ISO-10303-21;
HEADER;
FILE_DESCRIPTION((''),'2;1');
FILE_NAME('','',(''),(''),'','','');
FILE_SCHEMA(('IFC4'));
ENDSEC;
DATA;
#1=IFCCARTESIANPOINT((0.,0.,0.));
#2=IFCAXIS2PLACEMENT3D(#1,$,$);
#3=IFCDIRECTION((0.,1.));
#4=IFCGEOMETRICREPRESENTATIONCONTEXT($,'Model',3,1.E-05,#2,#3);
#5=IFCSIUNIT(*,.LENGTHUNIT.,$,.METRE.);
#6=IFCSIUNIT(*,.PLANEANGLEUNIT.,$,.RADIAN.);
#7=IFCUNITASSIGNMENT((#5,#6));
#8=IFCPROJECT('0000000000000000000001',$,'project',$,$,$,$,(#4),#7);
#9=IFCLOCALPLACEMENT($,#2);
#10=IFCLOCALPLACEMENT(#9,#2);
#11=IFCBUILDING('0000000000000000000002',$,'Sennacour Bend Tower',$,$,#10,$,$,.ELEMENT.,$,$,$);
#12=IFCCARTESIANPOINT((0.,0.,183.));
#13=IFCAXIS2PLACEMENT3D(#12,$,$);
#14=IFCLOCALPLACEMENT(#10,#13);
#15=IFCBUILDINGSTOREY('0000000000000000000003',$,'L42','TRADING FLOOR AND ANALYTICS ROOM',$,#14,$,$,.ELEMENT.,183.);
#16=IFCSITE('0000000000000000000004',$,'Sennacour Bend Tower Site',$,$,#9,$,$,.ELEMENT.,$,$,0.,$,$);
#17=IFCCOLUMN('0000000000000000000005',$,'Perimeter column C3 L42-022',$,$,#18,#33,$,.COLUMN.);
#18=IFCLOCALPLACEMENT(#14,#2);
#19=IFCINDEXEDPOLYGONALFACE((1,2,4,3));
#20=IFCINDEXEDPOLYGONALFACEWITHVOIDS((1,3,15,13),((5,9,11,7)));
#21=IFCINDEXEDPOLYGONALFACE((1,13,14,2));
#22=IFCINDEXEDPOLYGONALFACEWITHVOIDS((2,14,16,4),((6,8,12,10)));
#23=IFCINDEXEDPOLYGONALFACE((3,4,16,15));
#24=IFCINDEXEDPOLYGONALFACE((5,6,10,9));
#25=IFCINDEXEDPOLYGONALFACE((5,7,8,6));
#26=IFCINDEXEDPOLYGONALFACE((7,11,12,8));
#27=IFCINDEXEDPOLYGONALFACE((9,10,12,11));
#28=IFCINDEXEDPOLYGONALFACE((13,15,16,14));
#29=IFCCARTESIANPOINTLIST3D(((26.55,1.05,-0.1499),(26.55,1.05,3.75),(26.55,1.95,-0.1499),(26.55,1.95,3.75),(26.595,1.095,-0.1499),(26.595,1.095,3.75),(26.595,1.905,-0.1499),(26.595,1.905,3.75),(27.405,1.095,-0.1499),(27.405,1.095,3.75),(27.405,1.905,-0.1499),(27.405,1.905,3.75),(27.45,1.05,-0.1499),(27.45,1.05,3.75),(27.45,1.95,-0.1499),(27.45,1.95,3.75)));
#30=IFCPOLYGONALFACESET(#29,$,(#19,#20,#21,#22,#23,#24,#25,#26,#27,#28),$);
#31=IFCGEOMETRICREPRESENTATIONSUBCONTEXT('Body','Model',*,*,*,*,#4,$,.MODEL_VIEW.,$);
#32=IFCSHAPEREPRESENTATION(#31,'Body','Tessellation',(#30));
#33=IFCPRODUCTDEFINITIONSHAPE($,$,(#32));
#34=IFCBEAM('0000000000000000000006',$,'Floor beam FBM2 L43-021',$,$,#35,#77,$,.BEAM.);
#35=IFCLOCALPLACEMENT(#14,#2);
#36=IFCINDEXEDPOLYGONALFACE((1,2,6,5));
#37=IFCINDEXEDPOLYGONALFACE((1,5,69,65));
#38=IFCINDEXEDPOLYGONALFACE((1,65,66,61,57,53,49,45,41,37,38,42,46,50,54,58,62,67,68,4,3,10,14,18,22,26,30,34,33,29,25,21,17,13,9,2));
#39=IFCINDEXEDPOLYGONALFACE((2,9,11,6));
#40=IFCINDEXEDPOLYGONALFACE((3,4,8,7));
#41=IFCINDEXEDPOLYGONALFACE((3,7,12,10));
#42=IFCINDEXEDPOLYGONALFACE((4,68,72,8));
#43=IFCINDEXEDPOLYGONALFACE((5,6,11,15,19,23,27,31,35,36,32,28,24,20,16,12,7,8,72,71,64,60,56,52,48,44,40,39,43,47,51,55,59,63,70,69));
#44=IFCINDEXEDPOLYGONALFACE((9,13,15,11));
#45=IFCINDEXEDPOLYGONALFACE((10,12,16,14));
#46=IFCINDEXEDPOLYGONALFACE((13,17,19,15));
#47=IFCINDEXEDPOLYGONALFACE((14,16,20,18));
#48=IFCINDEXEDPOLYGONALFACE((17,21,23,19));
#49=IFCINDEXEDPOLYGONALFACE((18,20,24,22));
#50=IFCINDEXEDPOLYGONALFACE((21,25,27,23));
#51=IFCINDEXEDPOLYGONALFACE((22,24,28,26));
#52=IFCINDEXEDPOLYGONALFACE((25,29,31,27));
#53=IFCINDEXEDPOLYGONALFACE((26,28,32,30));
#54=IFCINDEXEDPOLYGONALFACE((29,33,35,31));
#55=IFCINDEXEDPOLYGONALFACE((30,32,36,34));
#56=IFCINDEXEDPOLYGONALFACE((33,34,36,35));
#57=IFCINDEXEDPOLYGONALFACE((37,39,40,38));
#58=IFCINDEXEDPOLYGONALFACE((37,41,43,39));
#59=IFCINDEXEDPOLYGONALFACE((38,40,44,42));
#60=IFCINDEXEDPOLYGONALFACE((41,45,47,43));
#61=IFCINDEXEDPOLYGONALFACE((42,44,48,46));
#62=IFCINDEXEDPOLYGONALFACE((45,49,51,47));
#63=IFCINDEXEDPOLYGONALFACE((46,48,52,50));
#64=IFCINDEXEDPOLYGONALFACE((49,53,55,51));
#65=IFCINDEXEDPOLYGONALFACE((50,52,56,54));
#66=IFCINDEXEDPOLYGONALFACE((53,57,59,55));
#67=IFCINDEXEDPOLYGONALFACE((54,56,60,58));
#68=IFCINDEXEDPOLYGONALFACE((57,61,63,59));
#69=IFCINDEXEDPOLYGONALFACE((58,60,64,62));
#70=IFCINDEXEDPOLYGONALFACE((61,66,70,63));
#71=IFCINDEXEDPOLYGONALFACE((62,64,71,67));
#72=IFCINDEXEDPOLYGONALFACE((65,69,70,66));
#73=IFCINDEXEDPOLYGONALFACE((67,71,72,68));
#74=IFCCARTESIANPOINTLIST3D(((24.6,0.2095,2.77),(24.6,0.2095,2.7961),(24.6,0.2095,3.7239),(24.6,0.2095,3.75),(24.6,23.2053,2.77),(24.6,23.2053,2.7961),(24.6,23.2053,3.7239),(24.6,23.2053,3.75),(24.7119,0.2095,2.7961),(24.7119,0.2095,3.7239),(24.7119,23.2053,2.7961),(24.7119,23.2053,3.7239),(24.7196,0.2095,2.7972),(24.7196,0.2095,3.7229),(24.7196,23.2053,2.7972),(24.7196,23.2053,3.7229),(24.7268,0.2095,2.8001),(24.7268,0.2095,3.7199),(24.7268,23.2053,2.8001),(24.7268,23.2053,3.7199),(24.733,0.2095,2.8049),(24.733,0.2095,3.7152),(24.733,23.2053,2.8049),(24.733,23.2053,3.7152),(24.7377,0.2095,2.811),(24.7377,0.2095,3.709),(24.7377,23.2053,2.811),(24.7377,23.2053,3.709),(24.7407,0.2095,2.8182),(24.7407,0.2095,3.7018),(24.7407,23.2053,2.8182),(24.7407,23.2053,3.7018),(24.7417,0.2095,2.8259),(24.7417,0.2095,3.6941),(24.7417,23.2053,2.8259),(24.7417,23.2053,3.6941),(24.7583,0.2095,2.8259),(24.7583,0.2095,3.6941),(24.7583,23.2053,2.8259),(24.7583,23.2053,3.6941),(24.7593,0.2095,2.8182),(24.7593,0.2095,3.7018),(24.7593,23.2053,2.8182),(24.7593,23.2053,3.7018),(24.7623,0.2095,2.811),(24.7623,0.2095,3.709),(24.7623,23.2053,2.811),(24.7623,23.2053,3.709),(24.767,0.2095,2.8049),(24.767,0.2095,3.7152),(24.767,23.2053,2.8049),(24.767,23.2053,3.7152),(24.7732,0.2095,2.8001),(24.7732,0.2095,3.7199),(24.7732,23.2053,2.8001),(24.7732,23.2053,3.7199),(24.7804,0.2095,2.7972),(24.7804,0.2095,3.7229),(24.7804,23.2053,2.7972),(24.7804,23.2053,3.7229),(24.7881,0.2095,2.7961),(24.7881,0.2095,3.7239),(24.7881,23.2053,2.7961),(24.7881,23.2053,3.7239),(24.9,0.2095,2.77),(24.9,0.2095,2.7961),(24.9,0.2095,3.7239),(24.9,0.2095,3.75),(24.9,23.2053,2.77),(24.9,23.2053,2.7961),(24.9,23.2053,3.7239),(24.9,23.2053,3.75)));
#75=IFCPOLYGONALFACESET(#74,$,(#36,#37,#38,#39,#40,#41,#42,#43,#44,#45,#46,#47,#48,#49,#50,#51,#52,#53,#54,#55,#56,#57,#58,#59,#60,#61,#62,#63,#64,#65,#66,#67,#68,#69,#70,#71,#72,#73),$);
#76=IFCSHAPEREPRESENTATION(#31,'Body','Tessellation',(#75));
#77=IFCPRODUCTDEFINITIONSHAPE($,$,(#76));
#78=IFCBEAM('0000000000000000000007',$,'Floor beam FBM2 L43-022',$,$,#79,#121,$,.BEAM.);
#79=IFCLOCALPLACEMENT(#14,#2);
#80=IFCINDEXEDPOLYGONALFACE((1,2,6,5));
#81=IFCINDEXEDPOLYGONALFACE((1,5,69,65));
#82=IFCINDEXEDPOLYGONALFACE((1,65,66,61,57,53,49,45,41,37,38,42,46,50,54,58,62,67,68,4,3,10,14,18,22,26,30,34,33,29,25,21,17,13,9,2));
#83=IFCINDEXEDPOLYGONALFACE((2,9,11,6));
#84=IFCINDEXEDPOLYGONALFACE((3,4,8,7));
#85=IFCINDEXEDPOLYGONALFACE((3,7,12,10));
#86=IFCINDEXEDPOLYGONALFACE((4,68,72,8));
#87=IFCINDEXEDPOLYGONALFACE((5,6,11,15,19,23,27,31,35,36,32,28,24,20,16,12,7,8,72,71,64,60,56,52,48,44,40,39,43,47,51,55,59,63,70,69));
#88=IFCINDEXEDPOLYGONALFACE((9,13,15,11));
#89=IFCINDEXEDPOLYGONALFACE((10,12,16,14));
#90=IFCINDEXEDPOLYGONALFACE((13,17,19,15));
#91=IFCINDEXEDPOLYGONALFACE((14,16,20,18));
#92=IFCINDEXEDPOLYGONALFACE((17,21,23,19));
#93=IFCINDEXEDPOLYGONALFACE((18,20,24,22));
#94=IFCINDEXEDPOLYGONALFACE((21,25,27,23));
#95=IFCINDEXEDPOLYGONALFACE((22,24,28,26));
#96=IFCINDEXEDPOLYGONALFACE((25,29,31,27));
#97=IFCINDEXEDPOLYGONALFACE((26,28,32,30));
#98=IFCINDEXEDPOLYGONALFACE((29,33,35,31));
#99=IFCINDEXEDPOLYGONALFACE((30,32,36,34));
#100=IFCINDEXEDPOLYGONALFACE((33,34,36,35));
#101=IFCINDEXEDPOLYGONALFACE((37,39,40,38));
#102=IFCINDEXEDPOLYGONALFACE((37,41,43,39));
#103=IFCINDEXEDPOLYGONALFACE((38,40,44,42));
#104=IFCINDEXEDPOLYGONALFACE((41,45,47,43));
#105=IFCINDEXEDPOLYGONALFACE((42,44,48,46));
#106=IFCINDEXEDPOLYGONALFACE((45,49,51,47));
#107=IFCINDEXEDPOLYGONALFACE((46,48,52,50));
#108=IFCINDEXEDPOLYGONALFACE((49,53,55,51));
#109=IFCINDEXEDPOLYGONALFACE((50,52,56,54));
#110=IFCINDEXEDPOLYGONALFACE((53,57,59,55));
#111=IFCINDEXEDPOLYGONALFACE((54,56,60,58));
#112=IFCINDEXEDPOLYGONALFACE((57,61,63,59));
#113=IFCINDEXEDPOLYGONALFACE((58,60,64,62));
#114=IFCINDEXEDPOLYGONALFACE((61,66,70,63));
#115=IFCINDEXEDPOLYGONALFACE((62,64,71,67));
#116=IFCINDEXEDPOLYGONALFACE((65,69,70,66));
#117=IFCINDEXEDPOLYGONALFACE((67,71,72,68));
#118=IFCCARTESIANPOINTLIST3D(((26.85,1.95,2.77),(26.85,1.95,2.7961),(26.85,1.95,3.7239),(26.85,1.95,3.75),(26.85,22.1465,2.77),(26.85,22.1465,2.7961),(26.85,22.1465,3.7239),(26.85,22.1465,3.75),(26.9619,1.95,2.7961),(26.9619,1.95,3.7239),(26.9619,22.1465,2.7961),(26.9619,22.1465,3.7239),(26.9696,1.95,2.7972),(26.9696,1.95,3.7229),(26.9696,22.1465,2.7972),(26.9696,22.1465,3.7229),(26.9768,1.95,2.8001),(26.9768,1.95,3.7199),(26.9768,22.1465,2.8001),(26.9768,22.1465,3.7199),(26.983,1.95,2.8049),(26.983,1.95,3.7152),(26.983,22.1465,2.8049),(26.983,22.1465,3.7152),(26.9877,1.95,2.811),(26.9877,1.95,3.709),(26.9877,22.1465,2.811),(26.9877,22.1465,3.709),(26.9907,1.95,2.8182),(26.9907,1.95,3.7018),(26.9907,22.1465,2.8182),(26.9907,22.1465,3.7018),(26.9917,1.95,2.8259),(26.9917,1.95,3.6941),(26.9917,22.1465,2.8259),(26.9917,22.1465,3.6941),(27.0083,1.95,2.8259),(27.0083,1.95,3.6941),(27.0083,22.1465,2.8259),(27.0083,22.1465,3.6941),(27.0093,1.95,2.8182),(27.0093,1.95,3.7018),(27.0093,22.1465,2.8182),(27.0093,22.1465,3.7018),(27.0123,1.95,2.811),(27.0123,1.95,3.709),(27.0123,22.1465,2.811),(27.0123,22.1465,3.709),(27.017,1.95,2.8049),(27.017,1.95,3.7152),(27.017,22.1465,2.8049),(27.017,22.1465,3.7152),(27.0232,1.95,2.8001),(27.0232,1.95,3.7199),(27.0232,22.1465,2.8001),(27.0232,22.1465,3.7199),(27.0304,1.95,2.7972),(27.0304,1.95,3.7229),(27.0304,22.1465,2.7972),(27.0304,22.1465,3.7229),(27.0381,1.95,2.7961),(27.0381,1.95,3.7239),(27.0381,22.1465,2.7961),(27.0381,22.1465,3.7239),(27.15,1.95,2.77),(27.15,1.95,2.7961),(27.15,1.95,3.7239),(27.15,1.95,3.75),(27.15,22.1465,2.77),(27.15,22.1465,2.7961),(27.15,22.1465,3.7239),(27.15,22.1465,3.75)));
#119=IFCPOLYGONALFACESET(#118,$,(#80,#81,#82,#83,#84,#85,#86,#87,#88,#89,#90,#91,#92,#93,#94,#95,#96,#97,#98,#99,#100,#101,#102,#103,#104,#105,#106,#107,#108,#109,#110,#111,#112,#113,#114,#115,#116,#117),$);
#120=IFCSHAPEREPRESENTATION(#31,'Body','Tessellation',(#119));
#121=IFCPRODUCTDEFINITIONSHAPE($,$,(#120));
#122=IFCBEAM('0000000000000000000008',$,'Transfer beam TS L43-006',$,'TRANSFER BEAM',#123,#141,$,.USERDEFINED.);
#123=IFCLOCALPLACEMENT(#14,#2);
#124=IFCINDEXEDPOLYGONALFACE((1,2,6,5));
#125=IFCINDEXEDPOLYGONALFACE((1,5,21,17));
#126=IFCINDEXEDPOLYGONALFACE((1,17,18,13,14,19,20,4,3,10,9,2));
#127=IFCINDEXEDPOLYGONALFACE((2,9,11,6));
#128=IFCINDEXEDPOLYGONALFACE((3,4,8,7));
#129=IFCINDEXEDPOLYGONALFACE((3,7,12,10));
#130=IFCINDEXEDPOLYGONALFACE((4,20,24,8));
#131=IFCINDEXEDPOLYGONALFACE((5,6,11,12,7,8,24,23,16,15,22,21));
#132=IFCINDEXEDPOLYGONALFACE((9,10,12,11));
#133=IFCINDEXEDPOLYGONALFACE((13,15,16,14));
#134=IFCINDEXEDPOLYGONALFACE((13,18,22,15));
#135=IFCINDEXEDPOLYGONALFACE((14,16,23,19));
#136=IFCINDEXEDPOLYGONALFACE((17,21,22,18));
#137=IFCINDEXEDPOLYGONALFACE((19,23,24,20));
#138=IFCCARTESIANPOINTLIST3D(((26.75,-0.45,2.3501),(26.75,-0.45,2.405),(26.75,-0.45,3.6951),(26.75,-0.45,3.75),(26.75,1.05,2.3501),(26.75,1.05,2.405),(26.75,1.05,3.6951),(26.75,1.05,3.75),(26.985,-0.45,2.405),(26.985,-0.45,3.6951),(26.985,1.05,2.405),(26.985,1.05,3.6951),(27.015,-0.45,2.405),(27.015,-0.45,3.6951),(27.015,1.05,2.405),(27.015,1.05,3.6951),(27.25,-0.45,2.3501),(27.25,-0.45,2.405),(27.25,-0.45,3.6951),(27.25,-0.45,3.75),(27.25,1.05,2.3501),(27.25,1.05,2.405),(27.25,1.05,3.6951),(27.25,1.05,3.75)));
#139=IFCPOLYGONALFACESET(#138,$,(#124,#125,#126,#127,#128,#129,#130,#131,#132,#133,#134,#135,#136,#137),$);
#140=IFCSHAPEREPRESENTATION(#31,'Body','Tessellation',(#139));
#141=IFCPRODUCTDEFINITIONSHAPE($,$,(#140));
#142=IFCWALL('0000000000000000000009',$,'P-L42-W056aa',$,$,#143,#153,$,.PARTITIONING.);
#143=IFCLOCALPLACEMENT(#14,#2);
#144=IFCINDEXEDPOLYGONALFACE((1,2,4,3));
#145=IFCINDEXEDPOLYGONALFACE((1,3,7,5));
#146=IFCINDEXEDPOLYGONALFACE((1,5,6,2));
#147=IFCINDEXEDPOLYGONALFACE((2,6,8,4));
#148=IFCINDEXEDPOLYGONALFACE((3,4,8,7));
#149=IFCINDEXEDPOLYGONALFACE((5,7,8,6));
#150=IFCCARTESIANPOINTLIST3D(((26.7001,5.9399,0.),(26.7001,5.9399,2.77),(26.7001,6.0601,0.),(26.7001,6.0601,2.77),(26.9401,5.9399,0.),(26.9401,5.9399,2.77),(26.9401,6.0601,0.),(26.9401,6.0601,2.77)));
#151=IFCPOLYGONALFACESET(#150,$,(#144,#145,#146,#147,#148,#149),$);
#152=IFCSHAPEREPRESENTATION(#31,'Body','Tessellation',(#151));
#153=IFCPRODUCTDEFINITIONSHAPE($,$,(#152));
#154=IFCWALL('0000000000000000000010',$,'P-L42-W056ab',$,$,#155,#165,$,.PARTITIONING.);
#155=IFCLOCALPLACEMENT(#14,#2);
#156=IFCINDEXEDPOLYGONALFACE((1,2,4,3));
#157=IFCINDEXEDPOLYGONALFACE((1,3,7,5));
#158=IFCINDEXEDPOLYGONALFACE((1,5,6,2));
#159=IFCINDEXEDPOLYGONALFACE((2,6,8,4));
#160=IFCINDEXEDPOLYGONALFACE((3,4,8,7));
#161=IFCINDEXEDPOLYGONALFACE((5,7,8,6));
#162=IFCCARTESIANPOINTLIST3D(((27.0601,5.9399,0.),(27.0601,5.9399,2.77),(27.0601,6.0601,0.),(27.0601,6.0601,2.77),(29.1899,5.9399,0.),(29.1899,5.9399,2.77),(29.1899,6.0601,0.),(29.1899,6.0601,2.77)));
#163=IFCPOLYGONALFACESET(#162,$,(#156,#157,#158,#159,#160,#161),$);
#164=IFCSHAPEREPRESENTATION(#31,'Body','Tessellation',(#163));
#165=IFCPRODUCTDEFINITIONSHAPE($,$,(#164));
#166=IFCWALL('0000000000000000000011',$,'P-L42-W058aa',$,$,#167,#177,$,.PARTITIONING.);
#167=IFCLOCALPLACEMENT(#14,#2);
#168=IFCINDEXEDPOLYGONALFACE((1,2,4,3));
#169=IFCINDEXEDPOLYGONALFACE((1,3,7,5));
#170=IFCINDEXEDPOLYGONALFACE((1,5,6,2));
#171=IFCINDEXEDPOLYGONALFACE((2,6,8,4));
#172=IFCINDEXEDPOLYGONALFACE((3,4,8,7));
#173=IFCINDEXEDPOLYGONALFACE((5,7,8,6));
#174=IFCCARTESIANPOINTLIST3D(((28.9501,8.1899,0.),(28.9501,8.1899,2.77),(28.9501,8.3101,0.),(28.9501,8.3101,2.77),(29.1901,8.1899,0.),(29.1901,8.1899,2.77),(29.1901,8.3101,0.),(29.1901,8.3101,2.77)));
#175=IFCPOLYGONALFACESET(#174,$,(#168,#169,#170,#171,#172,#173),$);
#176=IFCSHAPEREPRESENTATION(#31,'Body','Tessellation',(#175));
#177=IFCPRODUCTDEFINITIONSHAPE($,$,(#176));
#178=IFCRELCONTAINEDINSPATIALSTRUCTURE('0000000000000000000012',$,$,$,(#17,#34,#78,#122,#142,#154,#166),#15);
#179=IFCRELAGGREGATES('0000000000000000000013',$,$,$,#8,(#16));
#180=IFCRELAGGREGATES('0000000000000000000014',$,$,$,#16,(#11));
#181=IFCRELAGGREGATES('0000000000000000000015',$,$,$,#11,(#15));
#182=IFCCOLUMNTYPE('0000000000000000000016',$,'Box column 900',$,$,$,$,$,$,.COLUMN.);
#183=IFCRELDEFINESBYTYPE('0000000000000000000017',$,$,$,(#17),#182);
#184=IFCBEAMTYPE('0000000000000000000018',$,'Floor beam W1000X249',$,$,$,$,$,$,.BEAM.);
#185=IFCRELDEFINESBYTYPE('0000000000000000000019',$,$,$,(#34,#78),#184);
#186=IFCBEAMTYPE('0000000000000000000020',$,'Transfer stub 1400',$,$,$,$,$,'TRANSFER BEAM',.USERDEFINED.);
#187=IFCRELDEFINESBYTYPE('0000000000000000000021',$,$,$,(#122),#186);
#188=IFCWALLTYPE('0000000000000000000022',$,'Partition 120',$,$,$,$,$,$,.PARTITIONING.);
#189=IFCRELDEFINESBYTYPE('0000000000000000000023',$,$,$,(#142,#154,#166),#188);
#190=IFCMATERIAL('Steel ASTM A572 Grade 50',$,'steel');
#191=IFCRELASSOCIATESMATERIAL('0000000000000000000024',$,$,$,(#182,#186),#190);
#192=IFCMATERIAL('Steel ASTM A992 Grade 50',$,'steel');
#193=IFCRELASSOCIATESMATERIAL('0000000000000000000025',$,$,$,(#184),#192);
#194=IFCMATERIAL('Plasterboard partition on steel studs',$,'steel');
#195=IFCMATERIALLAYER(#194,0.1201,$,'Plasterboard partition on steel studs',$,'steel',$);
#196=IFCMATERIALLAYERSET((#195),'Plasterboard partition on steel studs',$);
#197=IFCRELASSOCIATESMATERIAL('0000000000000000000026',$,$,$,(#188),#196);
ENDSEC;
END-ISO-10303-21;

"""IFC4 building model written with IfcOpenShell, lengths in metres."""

from ifc_helpers import new_model, si_unit, direction, frame, frame_2d, origin, origin_2d, place, context, subcontext, project, spatial, rectangle, hollow_rectangle, i_section, extrude, material, layer, layer_set, material_profile, profile_set, type_object, element, save


model = new_model("IFC4")

# Units and contexts
model_context = context("Model", 3, precision=1e-05, world=origin(), true_north=direction((0.0, 1.0)))
body_context = subcontext(model_context, "Body", "Model", "MODEL_VIEW")
ifc_project = project(units=[si_unit("LENGTHUNIT", "METRE"), si_unit("PLANEANGLEUNIT", "RADIAN")], contexts=[model_context])

# Site, building, storey
site_placement = place(None, origin())
site = spatial("IfcSite", under=ifc_project, at=site_placement, Name="Sennacour Bend Tower Site", CompositionType="ELEMENT", RefElevation=0.0)
building_placement = place(site_placement, origin())
building = spatial("IfcBuilding", under=site, at=building_placement, Name="Sennacour Bend Tower", CompositionType="ELEMENT")
storey_placement = place(building_placement, frame((0.0, 0.0, 183.0)))
storey = spatial("IfcBuildingStorey", under=building, at=storey_placement, Name="L42", Description="TRADING FLOOR AND ANALYTICS ROOM", CompositionType="ELEMENT", Elevation=183.0)

# Column
ifc_material_1 = material(Name="Steel ASTM A572 Grade 50", Category="steel")
ifc_material_profile_1 = material_profile(ifc_material_1, hollow_rectangle(XDim=0.8999, YDim=0.8999, WallThickness=0.0449, at=origin_2d()), Name="Steel ASTM A572 Grade 50", Category="steel")
ifc_profile_set_1 = profile_set([ifc_material_profile_1], Name="Steel ASTM A572 Grade 50")
column_type = type_object("IfcColumnType", Name="Box column 900", PredefinedType="COLUMN", material=ifc_profile_set_1)
column_placement = place(storey_placement, frame((27.0, 1.5, -0.1499), z_axis=(0.0, 0.0, 1.0), x_axis=(1.0, 0.0, 0.0)))
element("IfcColumn", 1, at=column_placement, inside=storey, type_object=column_type, Name="Perimeter column C3 L42-022", PredefinedType="COLUMN", context=body_context, shape_type="SweptSolid", body=[
    extrude(hollow_rectangle(XDim=0.8999, YDim=0.8999, WallThickness=0.0449, at=origin_2d()), origin(), (0.0, 0.0, 1.0), 3.8999),
])

# Beams
ifc_material_2 = material(Name="Steel ASTM A992 Grade 50", Category="steel")
ifc_material_profile_2 = material_profile(ifc_material_2, i_section(OverallWidth=0.3, OverallDepth=0.98, WebThickness=0.0166, FlangeThickness=0.0261, FilletRadius=0.0298, at=origin_2d()), Name="Steel ASTM A992 Grade 50", Category="steel")
ifc_profile_set_2 = profile_set([ifc_material_profile_2], Name="Steel ASTM A992 Grade 50")
beam_type_1 = type_object("IfcBeamType", Name="Floor beam W1000X249", PredefinedType="BEAM", material=ifc_profile_set_2)
beam_1_placement = place(storey_placement, frame((24.75, 0.2095, 3.26), z_axis=(0.0, 1.0, 0.0), x_axis=(-1.0, 0.0, 0.0)))
element("IfcBeam", 2, at=beam_1_placement, inside=storey, type_object=beam_type_1, Name="Floor beam FBM2 L43-021", PredefinedType="BEAM", context=body_context, shape_type="SweptSolid", body=[
    extrude(i_section(OverallWidth=0.3, OverallDepth=0.98, WebThickness=0.0166, FlangeThickness=0.0261, FilletRadius=0.0298, at=origin_2d()), origin(), (0.0, 0.0, 1.0), 22.9958),
])
beam_2_placement = place(storey_placement, frame((27.0, 1.95, 3.26), z_axis=(0.0, 1.0, 0.0), x_axis=(-1.0, 0.0, 0.0)))
element("IfcBeam", 3, at=beam_2_placement, inside=storey, type_object=beam_type_1, Name="Floor beam FBM2 L43-022", PredefinedType="BEAM", context=body_context, shape_type="SweptSolid", body=[
    extrude(i_section(OverallWidth=0.3, OverallDepth=0.98, WebThickness=0.0166, FlangeThickness=0.0261, FilletRadius=0.0298, at=origin_2d()), origin(), (0.0, 0.0, 1.0), 20.1965),
])
ifc_material_profile_3 = material_profile(ifc_material_1, i_section(OverallWidth=0.5, OverallDepth=1.3999, WebThickness=0.03, FlangeThickness=0.0549, at=origin_2d()), Name="Steel ASTM A572 Grade 50", Category="steel")
ifc_profile_set_3 = profile_set([ifc_material_profile_3], Name="Steel ASTM A572 Grade 50")
beam_type_2 = type_object("IfcBeamType", Name="Transfer stub 1400", ElementType="TRANSFER BEAM", PredefinedType="USERDEFINED", material=ifc_profile_set_3)
beam_3_placement = place(storey_placement, frame((27.0, 1.05, 3.05), z_axis=(0.0, -1.0, 0.0), x_axis=(1.0, 0.0, 0.0)))
element("IfcBeam", 4, at=beam_3_placement, inside=storey, type_object=beam_type_2, Name="Transfer beam TS L43-006", ObjectType="TRANSFER BEAM", PredefinedType="USERDEFINED", context=body_context, shape_type="SweptSolid", body=[
    extrude(i_section(OverallWidth=0.5, OverallDepth=1.3999, WebThickness=0.03, FlangeThickness=0.0549, at=origin_2d()), origin(), (0.0, 0.0, 1.0), 1.5),
])

# Walls
ifc_material_3 = material(Name="Plasterboard partition on steel studs", Category="steel")
ifc_layer_1 = layer(ifc_material_3, 0.1201, Name="Plasterboard partition on steel studs", Category="steel")
ifc_layer_set_1 = layer_set([ifc_layer_1], Name="Plasterboard partition on steel studs")
wall_type_1 = type_object("IfcWallType", Name="Partition 120", PredefinedType="PARTITIONING", material=ifc_layer_set_1)
wall_1_placement = place(storey_placement, frame((26.7, 6.0, 0.0), z_axis=(0.0, 0.0, 1.0), x_axis=(1.0, 0.0, 0.0)))
element("IfcWall", 5, at=wall_1_placement, inside=storey, type_object=wall_type_1, Name="P-L42-W056aa", PredefinedType="PARTITIONING", context=body_context, shape_type="SweptSolid", body=[
    extrude(rectangle(XDim=0.24, YDim=0.1201, at=frame_2d((0.1201, 0.0))), origin(), (0.0, 0.0, 1.0), 2.77),
])
wall_2_placement = place(storey_placement, frame((27.0601, 6.0, 0.0), z_axis=(0.0, 0.0, 1.0), x_axis=(1.0, 0.0, 0.0)))
element("IfcWall", 6, at=wall_2_placement, inside=storey, type_object=wall_type_1, Name="P-L42-W056ab", PredefinedType="PARTITIONING", context=body_context, shape_type="SweptSolid", body=[
    extrude(rectangle(XDim=2.1299, YDim=0.1201, at=frame_2d((1.0649, 0.0))), origin(), (0.0, 0.0, 1.0), 2.77),
])
wall_3_placement = place(storey_placement, frame((28.95, 8.25, 0.0), z_axis=(0.0, 0.0, 1.0), x_axis=(1.0, 0.0, 0.0)))
element("IfcWall", 7, at=wall_3_placement, inside=storey, type_object=wall_type_1, Name="P-L42-W058aa", PredefinedType="PARTITIONING", context=body_context, shape_type="SweptSolid", body=[
    extrude(rectangle(XDim=0.24, YDim=0.1201, at=frame_2d((0.1201, 0.0))), origin(), (0.0, 0.0, 1.0), 2.77),
])

save(model, "model.ifc")
